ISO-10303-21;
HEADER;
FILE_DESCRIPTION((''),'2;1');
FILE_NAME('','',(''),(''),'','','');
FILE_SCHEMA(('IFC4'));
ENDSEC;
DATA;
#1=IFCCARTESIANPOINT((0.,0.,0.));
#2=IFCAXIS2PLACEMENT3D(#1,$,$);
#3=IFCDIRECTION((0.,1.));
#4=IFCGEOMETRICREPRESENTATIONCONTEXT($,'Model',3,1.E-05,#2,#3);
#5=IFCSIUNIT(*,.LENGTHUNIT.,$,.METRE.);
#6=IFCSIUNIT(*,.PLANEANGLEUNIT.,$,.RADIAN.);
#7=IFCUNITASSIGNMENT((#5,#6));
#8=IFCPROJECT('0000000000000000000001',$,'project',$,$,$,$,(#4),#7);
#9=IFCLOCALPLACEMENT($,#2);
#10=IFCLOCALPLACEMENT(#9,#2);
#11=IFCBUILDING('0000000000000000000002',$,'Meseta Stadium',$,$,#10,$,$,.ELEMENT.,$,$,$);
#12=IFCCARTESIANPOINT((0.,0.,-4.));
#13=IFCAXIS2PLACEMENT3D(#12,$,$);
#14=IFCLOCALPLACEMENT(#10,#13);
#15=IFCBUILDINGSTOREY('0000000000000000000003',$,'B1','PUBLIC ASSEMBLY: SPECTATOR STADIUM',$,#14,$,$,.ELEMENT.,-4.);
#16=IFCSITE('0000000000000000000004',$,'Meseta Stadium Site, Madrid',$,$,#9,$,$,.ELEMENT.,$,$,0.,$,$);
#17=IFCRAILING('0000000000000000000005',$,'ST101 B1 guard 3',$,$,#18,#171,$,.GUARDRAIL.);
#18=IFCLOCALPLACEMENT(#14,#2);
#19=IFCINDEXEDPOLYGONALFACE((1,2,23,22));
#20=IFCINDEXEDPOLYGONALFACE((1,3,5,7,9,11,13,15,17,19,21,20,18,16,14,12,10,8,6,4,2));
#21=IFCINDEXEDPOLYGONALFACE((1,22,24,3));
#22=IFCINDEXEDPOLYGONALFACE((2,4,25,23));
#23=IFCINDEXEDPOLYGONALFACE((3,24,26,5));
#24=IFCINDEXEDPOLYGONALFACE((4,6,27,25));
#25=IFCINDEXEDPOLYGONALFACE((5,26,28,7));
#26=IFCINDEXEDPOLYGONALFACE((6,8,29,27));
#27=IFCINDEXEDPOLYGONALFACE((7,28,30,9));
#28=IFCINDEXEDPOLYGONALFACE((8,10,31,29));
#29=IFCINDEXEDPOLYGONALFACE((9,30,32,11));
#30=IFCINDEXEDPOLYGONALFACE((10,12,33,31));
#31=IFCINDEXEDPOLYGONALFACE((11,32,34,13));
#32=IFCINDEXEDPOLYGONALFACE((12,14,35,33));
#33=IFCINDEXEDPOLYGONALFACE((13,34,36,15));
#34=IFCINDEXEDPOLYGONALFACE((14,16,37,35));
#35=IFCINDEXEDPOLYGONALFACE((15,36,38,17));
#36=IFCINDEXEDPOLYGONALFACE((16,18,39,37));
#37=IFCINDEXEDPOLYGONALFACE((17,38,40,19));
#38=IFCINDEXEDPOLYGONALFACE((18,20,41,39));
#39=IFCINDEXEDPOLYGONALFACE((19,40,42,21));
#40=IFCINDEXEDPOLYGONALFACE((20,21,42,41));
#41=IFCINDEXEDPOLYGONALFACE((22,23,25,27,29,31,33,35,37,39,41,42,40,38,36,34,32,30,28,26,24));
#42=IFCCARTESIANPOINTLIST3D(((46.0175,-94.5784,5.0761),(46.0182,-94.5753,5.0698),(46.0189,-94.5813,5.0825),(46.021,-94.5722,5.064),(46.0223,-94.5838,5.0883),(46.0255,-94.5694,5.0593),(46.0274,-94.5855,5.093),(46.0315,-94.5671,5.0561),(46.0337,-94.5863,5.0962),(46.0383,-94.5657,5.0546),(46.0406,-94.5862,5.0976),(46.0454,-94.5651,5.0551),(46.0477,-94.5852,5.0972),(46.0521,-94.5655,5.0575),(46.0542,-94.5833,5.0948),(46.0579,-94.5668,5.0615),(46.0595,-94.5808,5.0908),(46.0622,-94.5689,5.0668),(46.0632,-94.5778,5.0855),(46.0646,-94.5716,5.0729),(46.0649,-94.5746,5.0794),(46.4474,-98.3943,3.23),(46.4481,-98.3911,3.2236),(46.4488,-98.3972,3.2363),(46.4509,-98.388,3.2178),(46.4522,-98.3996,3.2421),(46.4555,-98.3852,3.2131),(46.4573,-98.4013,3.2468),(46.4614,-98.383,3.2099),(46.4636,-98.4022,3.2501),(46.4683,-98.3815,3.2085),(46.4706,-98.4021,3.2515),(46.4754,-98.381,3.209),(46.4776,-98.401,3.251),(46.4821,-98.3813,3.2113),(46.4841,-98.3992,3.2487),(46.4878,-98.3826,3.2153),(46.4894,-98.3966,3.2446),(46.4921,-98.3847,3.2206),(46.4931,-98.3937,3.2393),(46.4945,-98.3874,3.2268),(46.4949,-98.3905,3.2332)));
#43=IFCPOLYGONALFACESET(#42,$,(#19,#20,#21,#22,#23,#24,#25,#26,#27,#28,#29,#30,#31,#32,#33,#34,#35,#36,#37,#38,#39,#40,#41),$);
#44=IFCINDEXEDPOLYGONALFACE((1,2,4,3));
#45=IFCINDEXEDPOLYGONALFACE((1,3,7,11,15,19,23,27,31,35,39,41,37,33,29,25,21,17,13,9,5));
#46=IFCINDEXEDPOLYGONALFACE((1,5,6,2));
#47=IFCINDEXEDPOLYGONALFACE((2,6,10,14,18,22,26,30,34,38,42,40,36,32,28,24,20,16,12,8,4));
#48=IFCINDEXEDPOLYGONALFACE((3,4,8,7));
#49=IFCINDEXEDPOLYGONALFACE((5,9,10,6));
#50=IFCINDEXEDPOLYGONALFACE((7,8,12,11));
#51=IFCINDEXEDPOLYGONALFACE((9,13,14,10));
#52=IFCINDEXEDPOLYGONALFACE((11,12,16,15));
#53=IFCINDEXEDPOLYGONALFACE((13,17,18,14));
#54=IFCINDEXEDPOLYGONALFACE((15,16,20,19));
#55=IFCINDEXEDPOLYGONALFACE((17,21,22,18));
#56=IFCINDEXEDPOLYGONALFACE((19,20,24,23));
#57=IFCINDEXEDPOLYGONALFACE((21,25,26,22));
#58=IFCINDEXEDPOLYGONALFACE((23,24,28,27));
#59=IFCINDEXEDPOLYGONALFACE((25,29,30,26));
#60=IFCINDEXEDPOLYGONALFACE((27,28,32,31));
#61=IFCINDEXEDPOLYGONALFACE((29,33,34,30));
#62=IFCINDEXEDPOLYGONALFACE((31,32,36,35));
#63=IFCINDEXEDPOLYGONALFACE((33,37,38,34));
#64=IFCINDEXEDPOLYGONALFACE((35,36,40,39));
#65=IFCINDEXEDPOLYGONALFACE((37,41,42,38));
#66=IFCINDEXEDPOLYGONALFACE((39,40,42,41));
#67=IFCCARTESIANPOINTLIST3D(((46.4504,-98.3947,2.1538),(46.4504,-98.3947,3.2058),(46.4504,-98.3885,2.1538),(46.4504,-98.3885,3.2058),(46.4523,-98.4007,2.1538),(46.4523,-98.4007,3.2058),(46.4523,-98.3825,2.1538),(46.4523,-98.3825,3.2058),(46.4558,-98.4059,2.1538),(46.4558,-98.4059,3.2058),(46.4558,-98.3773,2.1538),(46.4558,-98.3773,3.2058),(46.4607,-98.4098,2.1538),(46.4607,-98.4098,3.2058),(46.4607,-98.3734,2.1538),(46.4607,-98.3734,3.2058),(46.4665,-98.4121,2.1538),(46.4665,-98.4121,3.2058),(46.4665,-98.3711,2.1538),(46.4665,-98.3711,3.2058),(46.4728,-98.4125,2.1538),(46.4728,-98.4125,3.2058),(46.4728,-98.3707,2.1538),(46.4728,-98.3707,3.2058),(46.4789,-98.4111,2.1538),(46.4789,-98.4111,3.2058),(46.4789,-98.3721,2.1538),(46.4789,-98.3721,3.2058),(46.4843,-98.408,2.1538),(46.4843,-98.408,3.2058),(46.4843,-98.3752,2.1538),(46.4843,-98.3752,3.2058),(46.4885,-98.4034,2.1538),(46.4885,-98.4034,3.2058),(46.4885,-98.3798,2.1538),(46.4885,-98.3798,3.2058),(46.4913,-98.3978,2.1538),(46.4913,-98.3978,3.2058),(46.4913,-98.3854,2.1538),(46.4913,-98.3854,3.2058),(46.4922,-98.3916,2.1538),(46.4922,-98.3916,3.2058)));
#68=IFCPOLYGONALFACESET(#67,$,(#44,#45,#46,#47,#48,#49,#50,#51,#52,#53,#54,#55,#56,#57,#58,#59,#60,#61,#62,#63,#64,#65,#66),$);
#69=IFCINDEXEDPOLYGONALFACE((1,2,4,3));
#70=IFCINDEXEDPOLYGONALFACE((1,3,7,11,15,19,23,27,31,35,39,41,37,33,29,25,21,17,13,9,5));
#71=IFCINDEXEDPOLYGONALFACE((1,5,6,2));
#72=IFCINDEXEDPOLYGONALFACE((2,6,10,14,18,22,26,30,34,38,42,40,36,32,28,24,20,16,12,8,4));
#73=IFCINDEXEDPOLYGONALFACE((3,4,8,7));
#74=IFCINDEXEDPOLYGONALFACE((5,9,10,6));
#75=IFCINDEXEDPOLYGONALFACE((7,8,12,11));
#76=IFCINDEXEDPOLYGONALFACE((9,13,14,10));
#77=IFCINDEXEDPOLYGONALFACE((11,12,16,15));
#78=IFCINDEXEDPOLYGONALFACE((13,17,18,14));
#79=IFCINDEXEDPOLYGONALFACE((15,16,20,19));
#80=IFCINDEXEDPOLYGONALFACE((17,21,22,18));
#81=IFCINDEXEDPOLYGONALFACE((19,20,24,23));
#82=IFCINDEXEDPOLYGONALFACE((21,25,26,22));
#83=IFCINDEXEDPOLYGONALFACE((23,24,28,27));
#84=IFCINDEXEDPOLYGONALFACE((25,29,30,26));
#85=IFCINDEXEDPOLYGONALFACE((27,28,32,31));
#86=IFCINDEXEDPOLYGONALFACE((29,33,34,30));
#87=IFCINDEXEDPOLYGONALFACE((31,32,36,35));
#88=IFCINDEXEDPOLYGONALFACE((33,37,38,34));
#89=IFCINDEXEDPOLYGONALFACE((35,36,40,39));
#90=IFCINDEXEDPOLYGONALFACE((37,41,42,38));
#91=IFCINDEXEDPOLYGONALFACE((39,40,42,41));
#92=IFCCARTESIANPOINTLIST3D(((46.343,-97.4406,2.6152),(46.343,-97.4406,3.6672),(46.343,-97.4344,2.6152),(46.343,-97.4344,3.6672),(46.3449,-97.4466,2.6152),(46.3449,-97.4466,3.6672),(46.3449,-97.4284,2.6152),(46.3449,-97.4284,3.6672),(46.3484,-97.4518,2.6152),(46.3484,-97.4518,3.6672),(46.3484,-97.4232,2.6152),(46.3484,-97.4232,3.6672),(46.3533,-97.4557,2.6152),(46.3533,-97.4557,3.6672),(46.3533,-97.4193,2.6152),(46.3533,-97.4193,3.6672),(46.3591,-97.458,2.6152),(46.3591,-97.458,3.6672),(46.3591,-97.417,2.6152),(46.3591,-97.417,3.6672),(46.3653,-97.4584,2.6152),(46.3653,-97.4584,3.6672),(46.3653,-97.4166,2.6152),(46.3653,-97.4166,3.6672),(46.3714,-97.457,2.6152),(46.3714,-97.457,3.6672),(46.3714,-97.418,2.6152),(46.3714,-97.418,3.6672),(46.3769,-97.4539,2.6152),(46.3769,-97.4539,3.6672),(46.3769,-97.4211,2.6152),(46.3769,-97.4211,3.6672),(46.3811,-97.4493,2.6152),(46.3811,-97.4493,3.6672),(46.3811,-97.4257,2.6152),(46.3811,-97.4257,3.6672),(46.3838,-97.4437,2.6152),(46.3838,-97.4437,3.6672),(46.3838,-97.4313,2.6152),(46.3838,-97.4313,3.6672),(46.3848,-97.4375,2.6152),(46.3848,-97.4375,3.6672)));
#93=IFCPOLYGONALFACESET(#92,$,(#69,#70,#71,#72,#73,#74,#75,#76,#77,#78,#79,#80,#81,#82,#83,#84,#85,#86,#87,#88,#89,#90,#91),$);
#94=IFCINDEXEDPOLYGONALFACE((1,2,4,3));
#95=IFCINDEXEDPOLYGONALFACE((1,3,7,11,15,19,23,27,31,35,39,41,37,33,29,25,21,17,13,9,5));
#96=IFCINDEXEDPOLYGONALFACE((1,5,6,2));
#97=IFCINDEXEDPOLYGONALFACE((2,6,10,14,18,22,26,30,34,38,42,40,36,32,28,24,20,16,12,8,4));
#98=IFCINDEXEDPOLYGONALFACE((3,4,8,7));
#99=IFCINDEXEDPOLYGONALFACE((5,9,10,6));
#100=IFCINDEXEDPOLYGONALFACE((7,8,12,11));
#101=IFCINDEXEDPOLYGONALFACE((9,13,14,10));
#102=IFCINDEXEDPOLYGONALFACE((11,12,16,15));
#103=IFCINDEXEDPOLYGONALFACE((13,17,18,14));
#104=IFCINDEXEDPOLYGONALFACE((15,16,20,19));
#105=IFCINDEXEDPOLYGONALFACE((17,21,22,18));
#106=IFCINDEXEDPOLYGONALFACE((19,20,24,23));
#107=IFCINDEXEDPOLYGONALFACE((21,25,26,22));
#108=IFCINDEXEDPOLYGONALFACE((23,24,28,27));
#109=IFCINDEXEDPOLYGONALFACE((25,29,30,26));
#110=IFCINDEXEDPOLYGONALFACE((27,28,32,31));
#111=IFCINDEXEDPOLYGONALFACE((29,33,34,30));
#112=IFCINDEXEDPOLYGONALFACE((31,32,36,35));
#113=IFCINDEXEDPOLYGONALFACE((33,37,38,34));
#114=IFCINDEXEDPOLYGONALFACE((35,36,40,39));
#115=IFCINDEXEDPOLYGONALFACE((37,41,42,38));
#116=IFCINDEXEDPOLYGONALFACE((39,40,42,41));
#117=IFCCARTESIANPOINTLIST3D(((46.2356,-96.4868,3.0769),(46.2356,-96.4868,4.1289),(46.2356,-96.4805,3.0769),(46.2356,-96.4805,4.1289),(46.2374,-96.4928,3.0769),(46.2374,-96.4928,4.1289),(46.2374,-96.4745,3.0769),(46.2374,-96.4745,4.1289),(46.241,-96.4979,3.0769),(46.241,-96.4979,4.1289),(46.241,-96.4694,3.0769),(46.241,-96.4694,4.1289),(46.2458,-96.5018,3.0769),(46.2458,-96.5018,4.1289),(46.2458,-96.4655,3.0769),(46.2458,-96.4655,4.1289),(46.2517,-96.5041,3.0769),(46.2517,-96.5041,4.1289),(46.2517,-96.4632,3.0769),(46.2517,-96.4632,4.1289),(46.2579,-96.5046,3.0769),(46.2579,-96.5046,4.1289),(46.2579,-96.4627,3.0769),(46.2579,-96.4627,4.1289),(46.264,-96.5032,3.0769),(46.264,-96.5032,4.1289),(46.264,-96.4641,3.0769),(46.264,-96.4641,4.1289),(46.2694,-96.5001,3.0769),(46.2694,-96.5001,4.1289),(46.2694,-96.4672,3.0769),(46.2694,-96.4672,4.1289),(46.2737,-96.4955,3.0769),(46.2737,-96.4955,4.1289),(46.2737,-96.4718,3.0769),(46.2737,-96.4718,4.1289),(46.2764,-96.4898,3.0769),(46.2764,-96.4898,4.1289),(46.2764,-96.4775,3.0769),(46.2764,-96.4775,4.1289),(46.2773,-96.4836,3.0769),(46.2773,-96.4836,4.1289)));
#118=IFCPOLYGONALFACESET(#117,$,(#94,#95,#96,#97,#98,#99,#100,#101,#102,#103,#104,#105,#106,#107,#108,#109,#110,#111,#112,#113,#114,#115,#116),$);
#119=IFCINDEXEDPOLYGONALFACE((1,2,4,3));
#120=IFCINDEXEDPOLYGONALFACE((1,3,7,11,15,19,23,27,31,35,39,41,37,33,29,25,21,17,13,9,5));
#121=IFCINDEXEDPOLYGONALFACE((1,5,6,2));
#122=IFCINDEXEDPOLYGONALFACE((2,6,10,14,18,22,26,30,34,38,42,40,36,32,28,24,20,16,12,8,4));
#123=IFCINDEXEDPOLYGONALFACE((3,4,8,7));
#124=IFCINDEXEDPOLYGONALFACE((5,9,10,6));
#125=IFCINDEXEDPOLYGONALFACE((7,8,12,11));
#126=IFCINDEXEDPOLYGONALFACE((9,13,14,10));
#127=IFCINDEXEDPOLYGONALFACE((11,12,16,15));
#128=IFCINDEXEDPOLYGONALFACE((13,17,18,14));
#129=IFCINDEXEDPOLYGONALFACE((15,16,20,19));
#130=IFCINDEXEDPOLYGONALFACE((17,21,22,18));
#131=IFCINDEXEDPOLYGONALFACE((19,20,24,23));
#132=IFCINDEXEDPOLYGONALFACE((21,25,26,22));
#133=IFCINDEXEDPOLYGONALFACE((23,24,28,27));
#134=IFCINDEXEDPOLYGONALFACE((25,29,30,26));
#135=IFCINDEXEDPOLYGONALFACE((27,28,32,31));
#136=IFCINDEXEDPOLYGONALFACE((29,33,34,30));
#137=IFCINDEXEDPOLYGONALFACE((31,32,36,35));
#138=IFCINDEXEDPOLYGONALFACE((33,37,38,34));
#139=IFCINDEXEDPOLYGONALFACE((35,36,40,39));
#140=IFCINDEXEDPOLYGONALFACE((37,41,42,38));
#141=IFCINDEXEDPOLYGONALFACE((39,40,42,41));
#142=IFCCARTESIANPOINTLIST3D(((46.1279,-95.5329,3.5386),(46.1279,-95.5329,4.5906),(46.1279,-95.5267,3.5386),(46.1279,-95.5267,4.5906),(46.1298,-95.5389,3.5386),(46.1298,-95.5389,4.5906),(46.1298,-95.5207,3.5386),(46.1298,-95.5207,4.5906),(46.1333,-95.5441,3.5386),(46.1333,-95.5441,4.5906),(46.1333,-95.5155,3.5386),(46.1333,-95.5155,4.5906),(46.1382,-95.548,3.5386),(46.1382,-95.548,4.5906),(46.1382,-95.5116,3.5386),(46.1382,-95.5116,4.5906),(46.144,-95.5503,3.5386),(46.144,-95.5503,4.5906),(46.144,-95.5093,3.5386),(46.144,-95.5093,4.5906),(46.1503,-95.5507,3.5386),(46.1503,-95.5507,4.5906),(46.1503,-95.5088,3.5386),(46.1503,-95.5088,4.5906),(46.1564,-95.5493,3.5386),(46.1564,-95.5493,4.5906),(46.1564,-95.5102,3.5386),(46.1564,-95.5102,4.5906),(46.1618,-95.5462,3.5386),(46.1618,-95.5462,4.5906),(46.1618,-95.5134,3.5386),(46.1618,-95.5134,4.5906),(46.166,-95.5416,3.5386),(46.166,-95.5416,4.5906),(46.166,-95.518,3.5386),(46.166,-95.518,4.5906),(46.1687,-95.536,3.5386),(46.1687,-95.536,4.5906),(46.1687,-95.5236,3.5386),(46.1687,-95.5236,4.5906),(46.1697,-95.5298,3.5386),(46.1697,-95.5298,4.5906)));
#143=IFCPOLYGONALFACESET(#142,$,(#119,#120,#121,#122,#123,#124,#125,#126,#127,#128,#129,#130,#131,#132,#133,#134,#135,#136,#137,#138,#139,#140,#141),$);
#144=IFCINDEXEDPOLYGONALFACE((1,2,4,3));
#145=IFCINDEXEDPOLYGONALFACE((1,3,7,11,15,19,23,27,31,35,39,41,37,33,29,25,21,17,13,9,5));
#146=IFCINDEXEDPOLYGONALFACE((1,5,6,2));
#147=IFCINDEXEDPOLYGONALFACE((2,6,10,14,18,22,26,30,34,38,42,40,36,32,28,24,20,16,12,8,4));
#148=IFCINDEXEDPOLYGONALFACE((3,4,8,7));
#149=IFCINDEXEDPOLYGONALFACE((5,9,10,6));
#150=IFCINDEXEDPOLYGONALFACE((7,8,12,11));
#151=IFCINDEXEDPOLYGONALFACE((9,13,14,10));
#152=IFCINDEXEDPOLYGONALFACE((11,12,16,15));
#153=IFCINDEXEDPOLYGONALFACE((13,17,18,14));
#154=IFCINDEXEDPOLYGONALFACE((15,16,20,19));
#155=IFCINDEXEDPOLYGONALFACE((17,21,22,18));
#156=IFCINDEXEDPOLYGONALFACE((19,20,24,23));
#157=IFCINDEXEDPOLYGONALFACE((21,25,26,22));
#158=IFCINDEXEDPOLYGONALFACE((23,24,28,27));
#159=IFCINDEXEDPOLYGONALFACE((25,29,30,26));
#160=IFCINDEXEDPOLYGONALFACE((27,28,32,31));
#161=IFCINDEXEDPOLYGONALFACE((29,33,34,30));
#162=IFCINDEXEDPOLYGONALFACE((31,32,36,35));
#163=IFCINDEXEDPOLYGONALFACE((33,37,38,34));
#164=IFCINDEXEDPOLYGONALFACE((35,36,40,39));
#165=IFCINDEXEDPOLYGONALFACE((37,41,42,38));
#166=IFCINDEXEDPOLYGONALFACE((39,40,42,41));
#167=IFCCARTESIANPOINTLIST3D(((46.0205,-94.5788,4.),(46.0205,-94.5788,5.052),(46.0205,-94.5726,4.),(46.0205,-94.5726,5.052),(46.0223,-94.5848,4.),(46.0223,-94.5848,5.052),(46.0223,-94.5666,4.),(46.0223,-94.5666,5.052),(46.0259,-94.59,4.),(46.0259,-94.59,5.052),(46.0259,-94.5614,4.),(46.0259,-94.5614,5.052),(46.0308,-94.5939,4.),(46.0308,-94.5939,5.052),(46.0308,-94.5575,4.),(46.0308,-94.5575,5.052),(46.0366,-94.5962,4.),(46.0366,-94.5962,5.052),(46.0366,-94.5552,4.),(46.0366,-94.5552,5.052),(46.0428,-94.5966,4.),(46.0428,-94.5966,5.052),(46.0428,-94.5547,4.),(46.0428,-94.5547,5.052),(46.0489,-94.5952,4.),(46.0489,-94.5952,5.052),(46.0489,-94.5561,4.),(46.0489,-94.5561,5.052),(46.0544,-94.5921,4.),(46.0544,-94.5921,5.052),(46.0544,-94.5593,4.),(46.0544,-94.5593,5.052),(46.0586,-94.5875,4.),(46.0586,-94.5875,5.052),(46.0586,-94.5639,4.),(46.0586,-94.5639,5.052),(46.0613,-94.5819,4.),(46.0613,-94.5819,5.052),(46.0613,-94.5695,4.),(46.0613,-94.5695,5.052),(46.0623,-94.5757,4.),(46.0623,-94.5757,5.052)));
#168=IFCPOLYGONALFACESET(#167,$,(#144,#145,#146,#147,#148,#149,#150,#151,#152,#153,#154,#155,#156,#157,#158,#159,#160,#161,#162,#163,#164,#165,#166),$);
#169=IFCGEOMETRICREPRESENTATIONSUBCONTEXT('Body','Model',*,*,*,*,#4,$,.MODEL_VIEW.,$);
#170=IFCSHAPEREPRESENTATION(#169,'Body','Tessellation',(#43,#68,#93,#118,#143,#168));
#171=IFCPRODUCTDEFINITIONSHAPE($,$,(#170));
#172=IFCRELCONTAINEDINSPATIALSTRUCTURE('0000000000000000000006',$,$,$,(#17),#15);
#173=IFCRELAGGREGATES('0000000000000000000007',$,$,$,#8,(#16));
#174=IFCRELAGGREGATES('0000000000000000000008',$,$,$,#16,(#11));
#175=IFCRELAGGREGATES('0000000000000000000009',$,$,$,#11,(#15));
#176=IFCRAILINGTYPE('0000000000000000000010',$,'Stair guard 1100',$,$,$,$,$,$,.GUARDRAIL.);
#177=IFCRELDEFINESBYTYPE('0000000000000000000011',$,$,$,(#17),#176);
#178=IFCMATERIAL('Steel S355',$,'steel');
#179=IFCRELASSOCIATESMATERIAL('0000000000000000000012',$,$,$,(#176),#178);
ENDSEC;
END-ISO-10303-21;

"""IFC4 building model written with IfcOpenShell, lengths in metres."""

from ifc_helpers import new_model, si_unit, direction, frame, origin, origin_2d, place, context, subcontext, project, spatial, circle, extrude, material, type_object, element, save


model = new_model("IFC4")

# Units and contexts
model_context = context("Model", 3, precision=1e-05, world=origin(), true_north=direction((0.0, 1.0)))
body_context = subcontext(model_context, "Body", "Model", "MODEL_VIEW")
ifc_project = project(units=[si_unit("LENGTHUNIT", "METRE"), si_unit("PLANEANGLEUNIT", "RADIAN")], contexts=[model_context])

# Site, building, storey
site_placement = place(None, origin())
site = spatial("IfcSite", under=ifc_project, at=site_placement, Name="Meseta Stadium Site, Madrid", CompositionType="ELEMENT", RefElevation=0.0)
building_placement = place(site_placement, origin())
building = spatial("IfcBuilding", under=site, at=building_placement, Name="Meseta Stadium", CompositionType="ELEMENT")
storey_placement = place(building_placement, frame((0.0, 0.0, -4.0)))
storey = spatial("IfcBuildingStorey", under=building, at=storey_placement, Name="B1", Description="PUBLIC ASSEMBLY: SPECTATOR STADIUM", CompositionType="ELEMENT", Elevation=-4.0)

# Railing
ifc_material_1 = material(Name="Steel S355", Category="steel")
railing_type_1 = type_object("IfcRailingType", Name="Stair guard 1100", PredefinedType="GUARDRAIL", material=ifc_material_1)
railing_1_placement = place(storey_placement, frame((46.4712, -98.3916, 2.1538)))
element("IfcRailing", 1, at=railing_1_placement, inside=storey, type_object=railing_type_1, Name="ST101 B1 guard 3", PredefinedType="GUARDRAIL", context=body_context, shape_type="SweptSolid", body=[
    extrude(circle(Radius=0.0239, at=origin_2d()), frame((0.0, 0.0, 1.0762), z_axis=(-0.100904, 0.895585, 0.433296), x_axis=(-0.993713, -0.11196, 0.0)), (0.0, 0.0, 1.0), 4.2607),
    extrude(circle(Radius=0.021, at=origin_2d()), origin(), (0.0, 0.0, 1.0), 1.052),
    extrude(circle(Radius=0.021, at=origin_2d()), frame((-0.1074, 0.9541, 0.4614)), (0.0, 0.0, 1.0), 1.052),
    extrude(circle(Radius=0.021, at=origin_2d()), frame((-0.2148, 1.908, 0.9231)), (0.0, 0.0, 1.0), 1.052),
    extrude(circle(Radius=0.021, at=origin_2d()), frame((-0.3225, 2.8618, 1.3848)), (0.0, 0.0, 1.0), 1.052),
    extrude(circle(Radius=0.021, at=origin_2d()), frame((-0.4299, 3.8159, 1.8462)), (0.0, 0.0, 1.0), 1.052),
])

save(model, "model.ifc")
